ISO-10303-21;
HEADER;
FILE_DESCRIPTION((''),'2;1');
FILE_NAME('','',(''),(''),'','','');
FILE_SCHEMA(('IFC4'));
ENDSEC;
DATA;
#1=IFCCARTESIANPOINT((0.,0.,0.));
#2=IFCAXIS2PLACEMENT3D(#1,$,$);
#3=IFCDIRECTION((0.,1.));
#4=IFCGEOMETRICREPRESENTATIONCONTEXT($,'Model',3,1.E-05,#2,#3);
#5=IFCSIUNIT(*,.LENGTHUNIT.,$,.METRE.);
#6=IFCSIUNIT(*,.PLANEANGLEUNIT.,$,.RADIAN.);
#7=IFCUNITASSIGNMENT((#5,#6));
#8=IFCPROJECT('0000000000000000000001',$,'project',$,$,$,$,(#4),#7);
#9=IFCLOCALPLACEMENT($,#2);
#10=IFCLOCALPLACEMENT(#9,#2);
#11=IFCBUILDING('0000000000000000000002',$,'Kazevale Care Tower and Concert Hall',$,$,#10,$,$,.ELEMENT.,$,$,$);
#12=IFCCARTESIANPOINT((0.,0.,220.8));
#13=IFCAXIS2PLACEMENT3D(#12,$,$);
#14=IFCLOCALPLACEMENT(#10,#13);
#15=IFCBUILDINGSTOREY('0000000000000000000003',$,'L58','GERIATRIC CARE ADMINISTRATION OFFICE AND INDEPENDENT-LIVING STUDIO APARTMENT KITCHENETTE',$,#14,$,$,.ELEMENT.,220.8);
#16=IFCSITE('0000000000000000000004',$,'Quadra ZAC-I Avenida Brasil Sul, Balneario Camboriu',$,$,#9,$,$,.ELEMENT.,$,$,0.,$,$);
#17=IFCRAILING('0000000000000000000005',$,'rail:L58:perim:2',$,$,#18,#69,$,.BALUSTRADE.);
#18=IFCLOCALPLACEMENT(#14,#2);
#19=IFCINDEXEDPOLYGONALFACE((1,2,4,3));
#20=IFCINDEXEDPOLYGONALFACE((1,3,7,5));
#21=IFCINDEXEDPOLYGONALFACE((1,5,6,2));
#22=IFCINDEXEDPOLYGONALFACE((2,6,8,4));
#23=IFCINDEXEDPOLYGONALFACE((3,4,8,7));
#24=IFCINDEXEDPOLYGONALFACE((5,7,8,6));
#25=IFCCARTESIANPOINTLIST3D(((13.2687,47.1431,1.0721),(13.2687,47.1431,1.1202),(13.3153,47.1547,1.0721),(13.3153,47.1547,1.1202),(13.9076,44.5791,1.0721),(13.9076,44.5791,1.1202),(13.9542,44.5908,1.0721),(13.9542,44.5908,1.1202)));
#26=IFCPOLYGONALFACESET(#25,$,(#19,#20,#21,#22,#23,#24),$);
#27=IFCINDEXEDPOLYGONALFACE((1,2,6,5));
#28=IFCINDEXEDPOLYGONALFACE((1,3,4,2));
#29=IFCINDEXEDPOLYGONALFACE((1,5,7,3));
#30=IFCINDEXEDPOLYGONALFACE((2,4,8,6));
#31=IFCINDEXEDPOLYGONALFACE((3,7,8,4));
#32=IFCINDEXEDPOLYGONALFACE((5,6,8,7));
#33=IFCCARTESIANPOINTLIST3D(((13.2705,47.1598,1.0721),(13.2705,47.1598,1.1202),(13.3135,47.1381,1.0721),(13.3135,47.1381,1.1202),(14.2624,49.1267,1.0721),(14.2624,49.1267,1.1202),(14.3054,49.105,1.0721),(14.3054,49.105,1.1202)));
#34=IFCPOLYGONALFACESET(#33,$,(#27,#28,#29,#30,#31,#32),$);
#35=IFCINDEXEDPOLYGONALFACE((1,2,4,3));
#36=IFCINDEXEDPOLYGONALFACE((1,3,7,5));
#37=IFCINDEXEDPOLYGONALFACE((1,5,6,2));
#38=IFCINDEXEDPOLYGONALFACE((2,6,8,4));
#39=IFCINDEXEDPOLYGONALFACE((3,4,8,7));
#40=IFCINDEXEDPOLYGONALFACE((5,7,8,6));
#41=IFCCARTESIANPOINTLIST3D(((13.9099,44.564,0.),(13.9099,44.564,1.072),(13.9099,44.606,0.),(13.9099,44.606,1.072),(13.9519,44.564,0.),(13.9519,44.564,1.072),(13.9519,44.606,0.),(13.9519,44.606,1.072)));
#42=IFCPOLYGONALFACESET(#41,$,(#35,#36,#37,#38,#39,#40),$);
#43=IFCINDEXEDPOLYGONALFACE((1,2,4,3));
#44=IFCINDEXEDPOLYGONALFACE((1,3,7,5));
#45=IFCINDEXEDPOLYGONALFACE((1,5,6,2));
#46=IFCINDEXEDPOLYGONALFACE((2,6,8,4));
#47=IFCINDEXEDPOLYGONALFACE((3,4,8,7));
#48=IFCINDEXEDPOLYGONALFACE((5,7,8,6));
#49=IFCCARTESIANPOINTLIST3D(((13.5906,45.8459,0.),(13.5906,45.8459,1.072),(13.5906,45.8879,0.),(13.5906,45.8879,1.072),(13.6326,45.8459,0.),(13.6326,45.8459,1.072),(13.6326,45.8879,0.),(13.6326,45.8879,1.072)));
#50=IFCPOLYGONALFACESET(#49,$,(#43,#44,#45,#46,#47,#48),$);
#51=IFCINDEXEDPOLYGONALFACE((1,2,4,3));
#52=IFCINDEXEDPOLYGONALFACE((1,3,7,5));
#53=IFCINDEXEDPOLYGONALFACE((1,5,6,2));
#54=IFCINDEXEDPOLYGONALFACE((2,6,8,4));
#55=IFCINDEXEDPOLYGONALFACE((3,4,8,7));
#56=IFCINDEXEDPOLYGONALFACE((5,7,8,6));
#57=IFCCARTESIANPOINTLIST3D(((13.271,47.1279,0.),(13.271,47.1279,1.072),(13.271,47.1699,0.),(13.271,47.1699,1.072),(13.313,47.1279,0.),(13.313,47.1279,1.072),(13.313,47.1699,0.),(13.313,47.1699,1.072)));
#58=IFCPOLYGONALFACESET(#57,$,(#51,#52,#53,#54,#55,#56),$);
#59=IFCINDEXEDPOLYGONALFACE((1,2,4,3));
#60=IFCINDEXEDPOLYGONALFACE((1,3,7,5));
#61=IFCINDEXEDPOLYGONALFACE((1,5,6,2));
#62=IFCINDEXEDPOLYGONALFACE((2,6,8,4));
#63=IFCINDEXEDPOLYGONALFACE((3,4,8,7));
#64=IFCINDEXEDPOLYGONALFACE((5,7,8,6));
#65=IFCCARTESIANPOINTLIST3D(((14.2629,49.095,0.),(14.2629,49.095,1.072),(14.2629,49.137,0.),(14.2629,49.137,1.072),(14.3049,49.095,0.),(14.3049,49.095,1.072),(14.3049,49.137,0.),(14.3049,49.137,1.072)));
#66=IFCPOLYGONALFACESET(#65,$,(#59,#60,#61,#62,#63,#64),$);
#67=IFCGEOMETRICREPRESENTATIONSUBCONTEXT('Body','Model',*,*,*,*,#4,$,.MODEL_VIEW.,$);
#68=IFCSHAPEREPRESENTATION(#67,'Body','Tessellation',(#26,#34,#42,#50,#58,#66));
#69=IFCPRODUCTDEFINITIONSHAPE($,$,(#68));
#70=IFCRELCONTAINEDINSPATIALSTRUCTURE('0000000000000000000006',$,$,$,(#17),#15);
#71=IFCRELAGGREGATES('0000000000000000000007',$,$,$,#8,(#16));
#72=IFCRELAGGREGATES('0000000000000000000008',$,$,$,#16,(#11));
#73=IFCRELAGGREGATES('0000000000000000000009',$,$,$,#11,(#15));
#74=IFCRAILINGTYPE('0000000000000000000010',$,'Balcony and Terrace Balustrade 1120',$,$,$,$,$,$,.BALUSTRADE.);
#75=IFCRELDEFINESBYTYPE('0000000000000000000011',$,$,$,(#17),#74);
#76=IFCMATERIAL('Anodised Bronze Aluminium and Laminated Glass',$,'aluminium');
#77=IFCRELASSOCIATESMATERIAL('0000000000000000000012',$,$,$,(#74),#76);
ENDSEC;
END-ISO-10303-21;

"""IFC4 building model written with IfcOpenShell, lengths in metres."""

from ifc_helpers import new_model, si_unit, direction, frame, origin, origin_2d, place, context, subcontext, project, spatial, rectangle, extrude, material, type_object, element, save


model = new_model("IFC4")

# Units and contexts
model_context = context("Model", 3, precision=1e-05, world=origin(), true_north=direction((0.0, 1.0)))
body_context = subcontext(model_context, "Body", "Model", "MODEL_VIEW")
ifc_project = project(units=[si_unit("LENGTHUNIT", "METRE"), si_unit("PLANEANGLEUNIT", "RADIAN")], contexts=[model_context])

# Site, building, storey
site_placement = place(None, origin())
site = spatial("IfcSite", under=ifc_project, at=site_placement, Name="Quadra ZAC-I Avenida Brasil Sul, Balneario Camboriu", CompositionType="ELEMENT", RefElevation=0.0)
building_placement = place(site_placement, origin())
building = spatial("IfcBuilding", under=site, at=building_placement, Name="Kazevale Care Tower and Concert Hall", CompositionType="ELEMENT")
storey_placement = place(building_placement, frame((0.0, 0.0, 220.8)))
storey = spatial("IfcBuildingStorey", under=building, at=storey_placement, Name="L58", Description="GERIATRIC CARE ADMINISTRATION OFFICE AND INDEPENDENT-LIVING STUDIO APARTMENT KITCHENETTE", CompositionType="ELEMENT", Elevation=220.8)

# Railing
ifc_material_1 = material(Name="Anodised Bronze Aluminium and Laminated Glass", Category="aluminium")
railing_type = type_object("IfcRailingType", Name="Balcony and Terrace Balustrade 1120", PredefinedType="BALUSTRADE", material=ifc_material_1)
railing_placement = place(storey_placement, frame((13.9309, 44.585, 0.0)))
element("IfcRailing", 1, at=railing_placement, inside=storey, type_object=railing_type, Name="rail:L58:perim:2", PredefinedType="BALUSTRADE", context=body_context, shape_type="SweptSolid", body=[
    extrude(rectangle(XDim=0.0481, YDim=0.0481, at=origin_2d()), frame((0.0, 0.0, 1.0962), z_axis=(-0.241796, 0.970327, 0.0), x_axis=(-0.970327, -0.241796, 0.0)), (0.0, 0.0, 1.0), 2.6423),
    extrude(rectangle(XDim=0.0481, YDim=0.0481, at=origin_2d()), frame((-0.6389, 2.564, 1.0962), z_axis=(0.45027, 0.892893, 0.0), x_axis=(-0.892893, 0.45027, 0.0)), (0.0, 0.0, 1.0), 2.2029),
    extrude(rectangle(XDim=0.042, YDim=0.042, at=origin_2d()), origin(), (0.0, 0.0, 1.0), 1.072),
    extrude(rectangle(XDim=0.042, YDim=0.042, at=origin_2d()), frame((-0.3193, 1.282, 0.0)), (0.0, 0.0, 1.0), 1.072),
    extrude(rectangle(XDim=0.042, YDim=0.042, at=origin_2d()), frame((-0.6389, 2.564, 0.0)), (0.0, 0.0, 1.0), 1.072),
    extrude(rectangle(XDim=0.042, YDim=0.042, at=origin_2d()), frame((0.353, 4.531, 0.0)), (0.0, 0.0, 1.0), 1.072),
])

save(model, "model.ifc")
